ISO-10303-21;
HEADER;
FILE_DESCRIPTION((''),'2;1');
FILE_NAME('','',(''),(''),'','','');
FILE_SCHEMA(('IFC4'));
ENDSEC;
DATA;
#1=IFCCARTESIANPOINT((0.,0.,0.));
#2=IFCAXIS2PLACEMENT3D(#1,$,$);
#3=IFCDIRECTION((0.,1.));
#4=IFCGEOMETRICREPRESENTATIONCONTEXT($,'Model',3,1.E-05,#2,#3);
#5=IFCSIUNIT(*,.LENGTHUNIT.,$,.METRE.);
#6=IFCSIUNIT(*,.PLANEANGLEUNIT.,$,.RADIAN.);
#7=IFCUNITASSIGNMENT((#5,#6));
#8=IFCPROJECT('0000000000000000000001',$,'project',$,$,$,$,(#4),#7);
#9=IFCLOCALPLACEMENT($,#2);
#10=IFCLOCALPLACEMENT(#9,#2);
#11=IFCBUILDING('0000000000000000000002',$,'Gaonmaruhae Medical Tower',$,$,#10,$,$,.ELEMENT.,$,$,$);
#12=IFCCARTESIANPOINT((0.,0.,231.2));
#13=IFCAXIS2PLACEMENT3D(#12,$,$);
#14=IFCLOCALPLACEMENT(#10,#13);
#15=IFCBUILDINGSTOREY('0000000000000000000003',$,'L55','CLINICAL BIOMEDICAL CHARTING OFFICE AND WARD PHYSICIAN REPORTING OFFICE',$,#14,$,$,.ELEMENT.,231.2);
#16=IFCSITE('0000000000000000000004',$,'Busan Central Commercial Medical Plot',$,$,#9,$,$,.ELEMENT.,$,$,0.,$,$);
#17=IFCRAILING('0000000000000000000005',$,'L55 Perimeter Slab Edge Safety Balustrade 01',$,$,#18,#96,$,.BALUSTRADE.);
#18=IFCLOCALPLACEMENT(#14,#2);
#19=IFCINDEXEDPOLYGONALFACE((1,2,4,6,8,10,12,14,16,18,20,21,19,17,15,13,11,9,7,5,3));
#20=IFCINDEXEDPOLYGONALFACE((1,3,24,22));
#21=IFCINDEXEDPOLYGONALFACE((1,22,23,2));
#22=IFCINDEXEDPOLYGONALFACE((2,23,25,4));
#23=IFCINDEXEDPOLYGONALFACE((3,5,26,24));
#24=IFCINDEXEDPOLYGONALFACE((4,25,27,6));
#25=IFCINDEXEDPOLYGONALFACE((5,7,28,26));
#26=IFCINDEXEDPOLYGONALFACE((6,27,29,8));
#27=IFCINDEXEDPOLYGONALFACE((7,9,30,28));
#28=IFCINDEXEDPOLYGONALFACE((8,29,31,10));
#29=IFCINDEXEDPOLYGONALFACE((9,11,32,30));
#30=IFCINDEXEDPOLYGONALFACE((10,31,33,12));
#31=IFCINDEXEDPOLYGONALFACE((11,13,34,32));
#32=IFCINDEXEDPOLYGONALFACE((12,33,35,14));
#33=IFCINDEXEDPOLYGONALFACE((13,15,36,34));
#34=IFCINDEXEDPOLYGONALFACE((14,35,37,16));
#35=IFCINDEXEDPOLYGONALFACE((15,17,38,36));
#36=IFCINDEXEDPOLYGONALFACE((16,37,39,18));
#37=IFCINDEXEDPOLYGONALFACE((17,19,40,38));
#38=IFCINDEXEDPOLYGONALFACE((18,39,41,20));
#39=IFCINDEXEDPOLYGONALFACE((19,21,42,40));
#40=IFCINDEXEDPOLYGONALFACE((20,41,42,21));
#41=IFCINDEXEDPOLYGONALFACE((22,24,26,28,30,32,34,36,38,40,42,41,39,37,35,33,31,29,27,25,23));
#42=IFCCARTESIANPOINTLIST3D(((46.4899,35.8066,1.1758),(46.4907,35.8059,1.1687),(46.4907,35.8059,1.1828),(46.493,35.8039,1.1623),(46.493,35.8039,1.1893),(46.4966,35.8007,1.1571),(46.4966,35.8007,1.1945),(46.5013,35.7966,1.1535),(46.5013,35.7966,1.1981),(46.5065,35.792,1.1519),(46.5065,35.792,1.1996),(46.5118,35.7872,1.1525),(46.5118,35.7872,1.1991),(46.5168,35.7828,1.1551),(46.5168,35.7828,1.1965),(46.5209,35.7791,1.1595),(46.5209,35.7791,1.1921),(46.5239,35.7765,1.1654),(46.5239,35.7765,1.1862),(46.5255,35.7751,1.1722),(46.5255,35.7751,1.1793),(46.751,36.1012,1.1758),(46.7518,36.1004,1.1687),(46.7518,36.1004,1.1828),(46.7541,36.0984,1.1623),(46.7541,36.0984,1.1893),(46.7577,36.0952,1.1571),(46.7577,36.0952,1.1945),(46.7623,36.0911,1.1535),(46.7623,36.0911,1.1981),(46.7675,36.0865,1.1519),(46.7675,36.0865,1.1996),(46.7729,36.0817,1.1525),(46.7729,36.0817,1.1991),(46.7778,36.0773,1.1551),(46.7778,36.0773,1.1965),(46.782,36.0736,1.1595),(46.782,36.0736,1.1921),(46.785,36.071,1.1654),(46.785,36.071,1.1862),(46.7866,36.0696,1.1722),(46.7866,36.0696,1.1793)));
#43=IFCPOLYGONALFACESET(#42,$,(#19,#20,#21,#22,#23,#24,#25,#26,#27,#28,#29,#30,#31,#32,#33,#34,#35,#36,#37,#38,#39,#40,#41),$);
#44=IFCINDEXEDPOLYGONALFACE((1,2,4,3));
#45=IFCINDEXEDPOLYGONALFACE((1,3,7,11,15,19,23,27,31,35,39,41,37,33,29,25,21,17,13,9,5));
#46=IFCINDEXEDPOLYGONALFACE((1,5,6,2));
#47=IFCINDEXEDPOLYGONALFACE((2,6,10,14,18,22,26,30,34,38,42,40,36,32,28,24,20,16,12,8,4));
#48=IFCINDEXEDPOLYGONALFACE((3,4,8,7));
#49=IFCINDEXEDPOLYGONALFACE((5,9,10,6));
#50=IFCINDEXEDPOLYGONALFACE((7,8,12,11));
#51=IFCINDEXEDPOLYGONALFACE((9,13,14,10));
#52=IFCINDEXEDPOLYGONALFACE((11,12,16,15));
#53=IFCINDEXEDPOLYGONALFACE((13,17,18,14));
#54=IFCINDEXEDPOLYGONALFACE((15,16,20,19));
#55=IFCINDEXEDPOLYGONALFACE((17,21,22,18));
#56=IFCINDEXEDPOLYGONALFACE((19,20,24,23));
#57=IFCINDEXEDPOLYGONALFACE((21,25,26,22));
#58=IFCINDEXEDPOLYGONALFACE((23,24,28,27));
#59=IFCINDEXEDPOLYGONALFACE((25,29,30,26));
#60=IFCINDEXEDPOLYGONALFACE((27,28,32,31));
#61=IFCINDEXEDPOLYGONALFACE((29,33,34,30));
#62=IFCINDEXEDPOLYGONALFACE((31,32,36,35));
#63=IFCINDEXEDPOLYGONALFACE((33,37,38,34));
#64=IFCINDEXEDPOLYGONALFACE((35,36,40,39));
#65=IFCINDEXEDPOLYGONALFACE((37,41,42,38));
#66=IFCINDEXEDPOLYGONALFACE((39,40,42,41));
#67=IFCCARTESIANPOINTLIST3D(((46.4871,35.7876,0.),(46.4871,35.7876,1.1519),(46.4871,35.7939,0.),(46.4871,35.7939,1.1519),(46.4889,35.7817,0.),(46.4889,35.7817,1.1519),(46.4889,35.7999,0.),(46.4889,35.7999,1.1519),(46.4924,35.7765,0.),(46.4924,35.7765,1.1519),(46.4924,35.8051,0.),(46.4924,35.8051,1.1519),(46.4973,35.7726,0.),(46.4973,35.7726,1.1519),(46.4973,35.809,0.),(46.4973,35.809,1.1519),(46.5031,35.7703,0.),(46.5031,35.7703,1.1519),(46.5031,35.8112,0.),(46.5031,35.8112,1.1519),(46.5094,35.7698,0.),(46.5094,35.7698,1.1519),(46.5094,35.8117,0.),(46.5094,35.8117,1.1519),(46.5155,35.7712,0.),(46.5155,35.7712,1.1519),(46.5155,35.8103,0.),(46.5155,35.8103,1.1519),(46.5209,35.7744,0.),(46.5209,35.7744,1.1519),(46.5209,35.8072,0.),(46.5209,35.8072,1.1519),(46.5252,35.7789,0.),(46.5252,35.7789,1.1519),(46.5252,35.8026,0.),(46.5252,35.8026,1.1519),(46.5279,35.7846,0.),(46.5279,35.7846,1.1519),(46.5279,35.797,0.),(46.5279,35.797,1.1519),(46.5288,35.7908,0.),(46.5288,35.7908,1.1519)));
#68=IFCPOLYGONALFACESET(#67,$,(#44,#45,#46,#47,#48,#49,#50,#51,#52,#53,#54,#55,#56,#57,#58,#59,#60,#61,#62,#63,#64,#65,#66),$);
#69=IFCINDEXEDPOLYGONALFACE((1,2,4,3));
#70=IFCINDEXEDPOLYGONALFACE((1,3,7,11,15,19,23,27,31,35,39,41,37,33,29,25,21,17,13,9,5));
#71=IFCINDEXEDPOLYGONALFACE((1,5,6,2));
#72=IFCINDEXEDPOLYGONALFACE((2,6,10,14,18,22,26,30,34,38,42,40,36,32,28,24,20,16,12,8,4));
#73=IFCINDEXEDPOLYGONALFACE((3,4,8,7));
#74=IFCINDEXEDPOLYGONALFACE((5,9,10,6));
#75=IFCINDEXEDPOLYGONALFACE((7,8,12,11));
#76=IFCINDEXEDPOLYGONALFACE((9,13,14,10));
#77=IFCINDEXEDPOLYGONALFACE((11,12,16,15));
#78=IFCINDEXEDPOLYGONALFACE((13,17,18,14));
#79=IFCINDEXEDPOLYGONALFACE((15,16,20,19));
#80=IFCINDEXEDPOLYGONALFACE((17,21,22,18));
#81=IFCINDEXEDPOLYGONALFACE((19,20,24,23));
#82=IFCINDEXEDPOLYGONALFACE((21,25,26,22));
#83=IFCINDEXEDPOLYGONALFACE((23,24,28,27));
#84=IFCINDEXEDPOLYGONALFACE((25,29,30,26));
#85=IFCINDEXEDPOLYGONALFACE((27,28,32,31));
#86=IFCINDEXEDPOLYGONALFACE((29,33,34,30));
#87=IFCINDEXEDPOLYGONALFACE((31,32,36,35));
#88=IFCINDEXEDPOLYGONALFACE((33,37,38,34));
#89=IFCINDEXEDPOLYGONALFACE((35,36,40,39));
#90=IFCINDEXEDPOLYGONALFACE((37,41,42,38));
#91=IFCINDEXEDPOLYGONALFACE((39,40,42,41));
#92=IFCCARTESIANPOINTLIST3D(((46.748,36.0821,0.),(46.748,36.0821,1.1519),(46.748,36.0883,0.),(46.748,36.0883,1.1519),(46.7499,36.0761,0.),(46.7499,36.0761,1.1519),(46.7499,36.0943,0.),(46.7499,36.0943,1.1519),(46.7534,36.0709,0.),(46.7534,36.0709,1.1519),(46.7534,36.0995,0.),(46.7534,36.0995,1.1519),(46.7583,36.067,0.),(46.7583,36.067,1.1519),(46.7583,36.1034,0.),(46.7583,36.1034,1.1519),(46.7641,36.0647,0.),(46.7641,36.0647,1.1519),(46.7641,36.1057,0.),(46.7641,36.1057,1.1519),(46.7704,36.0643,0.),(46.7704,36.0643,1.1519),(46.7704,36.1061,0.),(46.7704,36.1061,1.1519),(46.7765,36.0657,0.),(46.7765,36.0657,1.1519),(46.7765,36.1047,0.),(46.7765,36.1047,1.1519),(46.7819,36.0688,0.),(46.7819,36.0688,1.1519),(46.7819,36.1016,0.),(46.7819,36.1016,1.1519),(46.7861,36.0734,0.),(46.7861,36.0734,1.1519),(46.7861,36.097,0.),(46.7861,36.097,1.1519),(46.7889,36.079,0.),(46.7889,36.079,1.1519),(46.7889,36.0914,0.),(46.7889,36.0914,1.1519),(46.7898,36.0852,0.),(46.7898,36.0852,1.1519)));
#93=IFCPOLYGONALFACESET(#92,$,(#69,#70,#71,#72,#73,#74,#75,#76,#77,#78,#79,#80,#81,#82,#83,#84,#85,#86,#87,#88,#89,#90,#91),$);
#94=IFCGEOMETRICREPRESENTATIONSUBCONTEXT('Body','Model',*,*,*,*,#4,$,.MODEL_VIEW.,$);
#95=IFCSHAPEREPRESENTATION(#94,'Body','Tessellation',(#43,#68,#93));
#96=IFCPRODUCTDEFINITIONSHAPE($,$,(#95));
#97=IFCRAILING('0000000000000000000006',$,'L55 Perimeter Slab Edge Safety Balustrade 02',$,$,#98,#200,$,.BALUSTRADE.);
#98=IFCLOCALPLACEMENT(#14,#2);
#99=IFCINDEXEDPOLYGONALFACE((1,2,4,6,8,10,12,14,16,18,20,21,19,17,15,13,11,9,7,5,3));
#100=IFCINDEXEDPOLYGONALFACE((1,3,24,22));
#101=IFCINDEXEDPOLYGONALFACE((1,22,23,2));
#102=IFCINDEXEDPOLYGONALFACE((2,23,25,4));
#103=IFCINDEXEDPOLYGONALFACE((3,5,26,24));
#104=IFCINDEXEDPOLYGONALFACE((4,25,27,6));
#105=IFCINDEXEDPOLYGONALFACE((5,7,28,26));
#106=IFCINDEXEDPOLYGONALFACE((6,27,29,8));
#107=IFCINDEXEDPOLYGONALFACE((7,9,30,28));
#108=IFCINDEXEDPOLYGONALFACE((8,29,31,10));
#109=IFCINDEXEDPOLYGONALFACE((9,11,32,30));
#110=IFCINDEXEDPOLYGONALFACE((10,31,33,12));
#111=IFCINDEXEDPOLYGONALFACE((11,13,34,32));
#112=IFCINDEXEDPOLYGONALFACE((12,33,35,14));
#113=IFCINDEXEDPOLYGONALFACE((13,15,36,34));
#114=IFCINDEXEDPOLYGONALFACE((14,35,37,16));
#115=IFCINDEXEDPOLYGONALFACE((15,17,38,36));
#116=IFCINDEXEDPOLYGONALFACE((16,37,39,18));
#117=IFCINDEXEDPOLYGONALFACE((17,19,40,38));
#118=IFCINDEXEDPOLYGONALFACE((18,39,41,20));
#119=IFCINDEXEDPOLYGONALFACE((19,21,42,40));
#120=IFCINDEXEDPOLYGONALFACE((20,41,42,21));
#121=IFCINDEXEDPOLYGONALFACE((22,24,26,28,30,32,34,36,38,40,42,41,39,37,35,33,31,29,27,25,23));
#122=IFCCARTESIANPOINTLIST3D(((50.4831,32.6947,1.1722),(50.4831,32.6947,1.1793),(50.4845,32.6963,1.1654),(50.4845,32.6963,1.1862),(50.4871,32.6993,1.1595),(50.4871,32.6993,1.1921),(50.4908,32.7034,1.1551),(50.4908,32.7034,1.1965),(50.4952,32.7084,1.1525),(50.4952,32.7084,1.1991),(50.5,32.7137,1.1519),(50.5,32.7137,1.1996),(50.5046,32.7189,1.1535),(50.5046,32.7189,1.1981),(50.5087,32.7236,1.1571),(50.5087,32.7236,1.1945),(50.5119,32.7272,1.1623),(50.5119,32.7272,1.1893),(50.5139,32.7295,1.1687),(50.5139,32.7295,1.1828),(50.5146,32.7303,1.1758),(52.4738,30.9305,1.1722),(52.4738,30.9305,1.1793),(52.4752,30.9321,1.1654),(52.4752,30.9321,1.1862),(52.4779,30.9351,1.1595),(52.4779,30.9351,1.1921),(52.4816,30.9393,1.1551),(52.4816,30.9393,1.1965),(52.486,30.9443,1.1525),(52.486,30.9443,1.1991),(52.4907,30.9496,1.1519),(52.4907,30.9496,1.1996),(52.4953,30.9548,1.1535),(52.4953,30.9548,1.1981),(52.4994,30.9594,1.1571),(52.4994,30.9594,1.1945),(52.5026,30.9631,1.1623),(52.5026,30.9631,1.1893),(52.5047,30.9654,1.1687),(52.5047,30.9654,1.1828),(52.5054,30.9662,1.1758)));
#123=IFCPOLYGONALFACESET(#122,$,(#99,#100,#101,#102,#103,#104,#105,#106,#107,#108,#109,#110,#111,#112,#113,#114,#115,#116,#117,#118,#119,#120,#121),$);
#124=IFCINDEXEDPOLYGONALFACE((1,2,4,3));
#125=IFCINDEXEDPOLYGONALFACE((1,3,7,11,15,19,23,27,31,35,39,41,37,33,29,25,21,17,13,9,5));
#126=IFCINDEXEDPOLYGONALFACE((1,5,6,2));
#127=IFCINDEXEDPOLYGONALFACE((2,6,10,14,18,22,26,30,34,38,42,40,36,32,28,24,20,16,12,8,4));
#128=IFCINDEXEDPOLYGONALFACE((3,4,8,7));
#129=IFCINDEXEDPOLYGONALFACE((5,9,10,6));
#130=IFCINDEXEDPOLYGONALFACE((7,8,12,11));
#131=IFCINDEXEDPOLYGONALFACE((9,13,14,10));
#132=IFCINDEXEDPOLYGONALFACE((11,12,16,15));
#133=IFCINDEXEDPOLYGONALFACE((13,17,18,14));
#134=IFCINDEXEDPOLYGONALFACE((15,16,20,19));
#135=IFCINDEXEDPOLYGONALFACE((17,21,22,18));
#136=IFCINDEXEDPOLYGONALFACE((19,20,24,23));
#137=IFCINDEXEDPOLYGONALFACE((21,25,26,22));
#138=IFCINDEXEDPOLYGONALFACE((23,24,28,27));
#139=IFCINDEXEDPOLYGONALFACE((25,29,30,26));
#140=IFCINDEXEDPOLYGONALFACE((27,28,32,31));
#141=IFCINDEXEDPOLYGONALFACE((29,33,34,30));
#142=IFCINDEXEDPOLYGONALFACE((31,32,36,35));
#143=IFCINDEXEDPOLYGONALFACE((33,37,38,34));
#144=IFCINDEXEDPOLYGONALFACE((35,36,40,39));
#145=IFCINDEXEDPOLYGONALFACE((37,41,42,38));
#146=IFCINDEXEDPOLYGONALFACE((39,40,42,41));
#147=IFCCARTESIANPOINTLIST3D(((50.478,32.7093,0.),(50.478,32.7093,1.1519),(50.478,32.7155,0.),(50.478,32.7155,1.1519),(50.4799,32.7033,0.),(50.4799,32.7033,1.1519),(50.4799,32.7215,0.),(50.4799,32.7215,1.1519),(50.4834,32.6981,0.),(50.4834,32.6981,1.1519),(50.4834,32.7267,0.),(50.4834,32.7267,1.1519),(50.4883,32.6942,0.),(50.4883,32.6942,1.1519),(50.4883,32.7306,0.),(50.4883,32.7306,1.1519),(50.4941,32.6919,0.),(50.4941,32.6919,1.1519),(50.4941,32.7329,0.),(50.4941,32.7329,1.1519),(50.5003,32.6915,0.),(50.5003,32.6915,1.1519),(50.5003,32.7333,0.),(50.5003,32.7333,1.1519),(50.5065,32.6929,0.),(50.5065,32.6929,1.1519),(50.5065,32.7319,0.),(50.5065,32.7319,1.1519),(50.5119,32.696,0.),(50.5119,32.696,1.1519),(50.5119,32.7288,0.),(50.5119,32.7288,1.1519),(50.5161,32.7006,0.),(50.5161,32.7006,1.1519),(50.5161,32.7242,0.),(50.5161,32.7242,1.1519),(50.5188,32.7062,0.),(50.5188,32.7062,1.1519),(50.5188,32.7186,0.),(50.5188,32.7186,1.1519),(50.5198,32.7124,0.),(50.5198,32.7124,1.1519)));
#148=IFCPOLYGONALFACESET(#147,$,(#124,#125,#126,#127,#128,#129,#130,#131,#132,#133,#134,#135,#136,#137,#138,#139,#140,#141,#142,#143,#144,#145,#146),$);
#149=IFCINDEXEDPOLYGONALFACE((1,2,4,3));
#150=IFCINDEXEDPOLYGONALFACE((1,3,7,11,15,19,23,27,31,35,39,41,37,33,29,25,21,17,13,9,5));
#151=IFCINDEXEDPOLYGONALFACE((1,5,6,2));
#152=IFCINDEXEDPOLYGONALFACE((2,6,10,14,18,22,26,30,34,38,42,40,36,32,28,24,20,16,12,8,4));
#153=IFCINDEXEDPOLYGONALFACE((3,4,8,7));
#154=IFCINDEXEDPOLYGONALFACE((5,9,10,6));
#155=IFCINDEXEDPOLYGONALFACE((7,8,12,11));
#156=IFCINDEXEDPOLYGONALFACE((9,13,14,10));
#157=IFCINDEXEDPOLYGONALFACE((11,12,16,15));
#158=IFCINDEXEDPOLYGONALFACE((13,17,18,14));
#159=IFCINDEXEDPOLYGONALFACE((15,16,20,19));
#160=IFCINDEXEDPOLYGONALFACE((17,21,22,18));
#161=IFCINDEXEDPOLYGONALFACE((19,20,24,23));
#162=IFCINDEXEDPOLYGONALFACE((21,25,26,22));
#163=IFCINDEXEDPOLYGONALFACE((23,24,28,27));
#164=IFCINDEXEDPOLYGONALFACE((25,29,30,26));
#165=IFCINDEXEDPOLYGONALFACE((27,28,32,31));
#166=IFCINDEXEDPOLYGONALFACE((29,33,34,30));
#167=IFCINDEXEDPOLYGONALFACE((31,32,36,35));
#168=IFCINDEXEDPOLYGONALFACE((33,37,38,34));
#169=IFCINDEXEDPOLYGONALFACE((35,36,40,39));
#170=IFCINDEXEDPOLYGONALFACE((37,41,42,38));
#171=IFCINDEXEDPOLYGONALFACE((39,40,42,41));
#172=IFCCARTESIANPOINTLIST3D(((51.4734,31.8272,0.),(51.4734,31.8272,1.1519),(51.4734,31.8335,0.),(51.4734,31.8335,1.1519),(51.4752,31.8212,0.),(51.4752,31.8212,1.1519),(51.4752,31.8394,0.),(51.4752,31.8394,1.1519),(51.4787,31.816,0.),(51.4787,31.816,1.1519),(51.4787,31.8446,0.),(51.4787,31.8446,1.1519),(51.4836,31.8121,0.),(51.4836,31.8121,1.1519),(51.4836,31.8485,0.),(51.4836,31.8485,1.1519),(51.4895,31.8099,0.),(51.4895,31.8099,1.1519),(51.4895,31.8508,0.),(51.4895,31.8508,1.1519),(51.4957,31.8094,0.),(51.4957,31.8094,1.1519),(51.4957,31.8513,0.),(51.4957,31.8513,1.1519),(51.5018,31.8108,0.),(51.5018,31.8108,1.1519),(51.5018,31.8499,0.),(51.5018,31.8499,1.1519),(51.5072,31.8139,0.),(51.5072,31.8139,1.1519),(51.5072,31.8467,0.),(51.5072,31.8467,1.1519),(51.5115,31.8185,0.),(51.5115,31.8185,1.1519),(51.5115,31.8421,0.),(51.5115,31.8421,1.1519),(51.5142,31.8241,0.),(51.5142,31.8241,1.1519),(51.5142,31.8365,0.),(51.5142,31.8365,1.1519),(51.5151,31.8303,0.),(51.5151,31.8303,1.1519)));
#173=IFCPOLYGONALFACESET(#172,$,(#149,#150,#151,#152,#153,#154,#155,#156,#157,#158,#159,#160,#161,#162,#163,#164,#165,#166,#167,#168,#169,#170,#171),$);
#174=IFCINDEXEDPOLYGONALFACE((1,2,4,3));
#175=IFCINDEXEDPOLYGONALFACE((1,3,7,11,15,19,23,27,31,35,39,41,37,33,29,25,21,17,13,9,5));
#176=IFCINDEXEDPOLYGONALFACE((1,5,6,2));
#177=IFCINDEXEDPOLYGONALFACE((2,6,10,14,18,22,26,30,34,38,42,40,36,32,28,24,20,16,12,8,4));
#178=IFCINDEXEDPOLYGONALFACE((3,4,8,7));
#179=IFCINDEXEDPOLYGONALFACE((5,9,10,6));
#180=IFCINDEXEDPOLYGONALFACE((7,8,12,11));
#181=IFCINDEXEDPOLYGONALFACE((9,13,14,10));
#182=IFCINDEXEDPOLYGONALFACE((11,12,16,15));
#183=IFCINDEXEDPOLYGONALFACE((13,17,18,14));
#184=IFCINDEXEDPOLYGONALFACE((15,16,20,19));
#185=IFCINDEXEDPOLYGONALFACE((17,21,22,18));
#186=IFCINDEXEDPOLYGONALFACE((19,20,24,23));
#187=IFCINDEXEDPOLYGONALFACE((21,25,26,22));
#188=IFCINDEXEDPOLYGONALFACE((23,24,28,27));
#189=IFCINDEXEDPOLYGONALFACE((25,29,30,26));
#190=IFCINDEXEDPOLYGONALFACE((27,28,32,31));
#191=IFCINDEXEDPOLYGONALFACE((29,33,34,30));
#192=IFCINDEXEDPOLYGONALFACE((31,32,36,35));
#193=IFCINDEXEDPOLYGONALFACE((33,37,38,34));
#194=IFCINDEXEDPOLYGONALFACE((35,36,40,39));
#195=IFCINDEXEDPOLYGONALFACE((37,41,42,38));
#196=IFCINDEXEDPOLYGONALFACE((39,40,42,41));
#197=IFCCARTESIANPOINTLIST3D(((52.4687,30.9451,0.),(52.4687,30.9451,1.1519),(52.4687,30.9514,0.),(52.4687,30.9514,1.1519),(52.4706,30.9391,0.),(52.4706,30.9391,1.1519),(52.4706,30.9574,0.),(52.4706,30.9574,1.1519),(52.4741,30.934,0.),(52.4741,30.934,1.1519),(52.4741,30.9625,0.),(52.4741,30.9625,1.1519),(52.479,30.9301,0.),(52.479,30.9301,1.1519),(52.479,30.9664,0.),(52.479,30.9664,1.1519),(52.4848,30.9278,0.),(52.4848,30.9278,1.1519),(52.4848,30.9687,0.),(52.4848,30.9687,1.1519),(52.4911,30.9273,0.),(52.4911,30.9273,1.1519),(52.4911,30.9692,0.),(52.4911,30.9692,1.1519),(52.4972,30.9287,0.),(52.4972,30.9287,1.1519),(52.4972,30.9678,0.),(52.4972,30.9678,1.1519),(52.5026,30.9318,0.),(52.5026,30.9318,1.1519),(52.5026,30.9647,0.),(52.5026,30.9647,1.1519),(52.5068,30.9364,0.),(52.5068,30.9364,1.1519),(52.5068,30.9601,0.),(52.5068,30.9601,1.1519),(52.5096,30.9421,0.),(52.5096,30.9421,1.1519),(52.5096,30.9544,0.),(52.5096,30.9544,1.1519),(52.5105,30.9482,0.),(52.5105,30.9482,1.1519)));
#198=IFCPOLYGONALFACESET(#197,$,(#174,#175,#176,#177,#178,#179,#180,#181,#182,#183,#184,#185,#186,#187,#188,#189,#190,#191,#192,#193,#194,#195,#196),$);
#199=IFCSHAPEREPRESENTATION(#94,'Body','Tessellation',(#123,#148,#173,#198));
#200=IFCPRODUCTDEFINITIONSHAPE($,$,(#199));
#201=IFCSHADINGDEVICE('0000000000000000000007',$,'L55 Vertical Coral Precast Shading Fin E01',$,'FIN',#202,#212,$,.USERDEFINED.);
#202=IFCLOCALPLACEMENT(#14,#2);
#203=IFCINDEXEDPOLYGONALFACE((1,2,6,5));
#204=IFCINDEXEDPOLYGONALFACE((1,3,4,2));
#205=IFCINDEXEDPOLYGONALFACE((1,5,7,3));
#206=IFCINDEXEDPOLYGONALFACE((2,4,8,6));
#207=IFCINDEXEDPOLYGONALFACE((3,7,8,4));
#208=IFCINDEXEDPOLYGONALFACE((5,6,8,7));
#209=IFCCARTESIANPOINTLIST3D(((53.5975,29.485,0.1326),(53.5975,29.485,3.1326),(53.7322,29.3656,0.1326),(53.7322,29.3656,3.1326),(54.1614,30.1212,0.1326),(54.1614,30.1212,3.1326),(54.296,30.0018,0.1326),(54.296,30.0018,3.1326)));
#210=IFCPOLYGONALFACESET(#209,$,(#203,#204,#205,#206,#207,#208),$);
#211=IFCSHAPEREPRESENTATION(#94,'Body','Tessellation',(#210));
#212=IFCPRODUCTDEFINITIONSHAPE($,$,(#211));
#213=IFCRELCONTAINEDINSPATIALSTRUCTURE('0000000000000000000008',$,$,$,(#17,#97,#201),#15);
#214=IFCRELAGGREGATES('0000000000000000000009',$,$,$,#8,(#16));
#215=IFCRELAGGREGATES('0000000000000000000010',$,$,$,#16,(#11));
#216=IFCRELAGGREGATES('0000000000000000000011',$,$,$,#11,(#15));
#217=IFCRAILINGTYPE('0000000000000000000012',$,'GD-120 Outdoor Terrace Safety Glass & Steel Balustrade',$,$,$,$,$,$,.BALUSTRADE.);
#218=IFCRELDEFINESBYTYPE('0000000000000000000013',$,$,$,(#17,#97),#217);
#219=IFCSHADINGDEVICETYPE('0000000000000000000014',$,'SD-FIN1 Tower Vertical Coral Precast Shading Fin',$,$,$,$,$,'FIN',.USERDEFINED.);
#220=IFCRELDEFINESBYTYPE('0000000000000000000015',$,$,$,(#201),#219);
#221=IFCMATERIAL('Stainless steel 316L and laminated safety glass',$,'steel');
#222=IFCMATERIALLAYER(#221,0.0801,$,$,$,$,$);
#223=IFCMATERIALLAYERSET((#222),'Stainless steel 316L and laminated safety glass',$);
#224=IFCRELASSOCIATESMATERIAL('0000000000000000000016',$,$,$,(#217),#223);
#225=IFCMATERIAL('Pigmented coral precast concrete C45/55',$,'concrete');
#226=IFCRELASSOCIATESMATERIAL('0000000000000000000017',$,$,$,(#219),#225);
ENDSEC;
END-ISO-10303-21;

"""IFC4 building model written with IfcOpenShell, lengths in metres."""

from ifc_helpers import new_model, si_unit, direction, frame, origin, origin_2d, place, context, subcontext, project, spatial, rectangle, circle, extrude, material, layer, layer_set, type_object, element, save


model = new_model("IFC4")

# Units and contexts
model_context = context("Model", 3, precision=1e-05, world=origin(), true_north=direction((0.0, 1.0)))
body_context = subcontext(model_context, "Body", "Model", "MODEL_VIEW")
ifc_project = project(units=[si_unit("LENGTHUNIT", "METRE"), si_unit("PLANEANGLEUNIT", "RADIAN")], contexts=[model_context])

# Site, building, storey
site_placement = place(None, origin())
site = spatial("IfcSite", under=ifc_project, at=site_placement, Name="Busan Central Commercial Medical Plot", CompositionType="ELEMENT", RefElevation=0.0)
building_placement = place(site_placement, origin())
building = spatial("IfcBuilding", under=site, at=building_placement, Name="Gaonmaruhae Medical Tower", CompositionType="ELEMENT")
storey_placement = place(building_placement, frame((0.0, 0.0, 231.2)))
storey = spatial("IfcBuildingStorey", under=building, at=storey_placement, Name="L55", Description="CLINICAL BIOMEDICAL CHARTING OFFICE AND WARD PHYSICIAN REPORTING OFFICE", CompositionType="ELEMENT", Elevation=231.2)

# Railings
ifc_material_1 = material(Name="Stainless steel 316L and laminated safety glass", Category="steel")
ifc_layer_1 = layer(ifc_material_1, 0.0801)
ifc_layer_set_1 = layer_set([ifc_layer_1], Name="Stainless steel 316L and laminated safety glass")
railing_type = type_object("IfcRailingType", Name="GD-120 Outdoor Terrace Safety Glass & Steel Balustrade", PredefinedType="BALUSTRADE", material=ifc_layer_set_1)
railing_1_placement = place(storey_placement, frame((46.5078, 35.7908, 0.0)))
element("IfcRailing", 1, at=railing_1_placement, inside=storey, type_object=railing_type, Name="L55 Perimeter Slab Edge Safety Balustrade 01", PredefinedType="BALUSTRADE", context=body_context, shape_type="SweptSolid", body=[
    extrude(circle(Radius=0.0239, at=origin_2d()), frame((0.0, 0.0, 1.1758), z_axis=(0.663323, 0.748333, 0.0), x_axis=(-0.748333, 0.663323, 0.0)), (0.0, 0.0, 1.0), 0.3936),
    extrude(circle(Radius=0.021, at=origin_2d()), origin(), (0.0, 0.0, 1.0), 1.1519),
    extrude(circle(Radius=0.021, at=origin_2d()), frame((0.261, 0.2944, 0.0)), (0.0, 0.0, 1.0), 1.1519),
])
railing_2_placement = place(storey_placement, frame((50.4988, 32.7124, 0.0)))
element("IfcRailing", 2, at=railing_2_placement, inside=storey, type_object=railing_type, Name="L55 Perimeter Slab Edge Safety Balustrade 02", PredefinedType="BALUSTRADE", context=body_context, shape_type="SweptSolid", body=[
    extrude(circle(Radius=0.0239, at=origin_2d()), frame((0.0, 0.0, 1.1758), z_axis=(0.748411, -0.663235, 0.0), x_axis=(0.663235, 0.748411, 0.0)), (0.0, 0.0, 1.0), 2.6599),
    extrude(circle(Radius=0.021, at=origin_2d()), origin(), (0.0, 0.0, 1.0), 1.1519),
    extrude(circle(Radius=0.021, at=origin_2d()), frame((0.9954, -0.8821, 0.0)), (0.0, 0.0, 1.0), 1.1519),
    extrude(circle(Radius=0.021, at=origin_2d()), frame((1.9907, -1.7642, 0.0)), (0.0, 0.0, 1.0), 1.1519),
])

# Shading device
ifc_material_2 = material(Name="Pigmented coral precast concrete C45/55", Category="concrete")
shading_device_type = type_object("IfcShadingDeviceType", Name="SD-FIN1 Tower Vertical Coral Precast Shading Fin", ElementType="FIN", PredefinedType="USERDEFINED", material=ifc_material_2)
for number, where, z_axis, x_axis, name in (
    (3, (53.9468, 29.7434, 0.1326), (0.0, 0.0, 1.0), (0.748377, -0.663273, 0.0), "L55 Vertical Coral Precast Shading Fin E01"),
):
    element("IfcShadingDevice", number, at=place(storey_placement, frame(where, z_axis=z_axis, x_axis=x_axis)), inside=storey, type_object=shading_device_type, Name=name, ObjectType="FIN", PredefinedType="USERDEFINED", context=body_context, shape_type="SweptSolid", body=[
        extrude(rectangle(XDim=0.1799, YDim=0.8501, at=origin_2d()), origin(), (0.0, 0.0, 1.0), 3.0),
    ])

save(model, "model.ifc")
